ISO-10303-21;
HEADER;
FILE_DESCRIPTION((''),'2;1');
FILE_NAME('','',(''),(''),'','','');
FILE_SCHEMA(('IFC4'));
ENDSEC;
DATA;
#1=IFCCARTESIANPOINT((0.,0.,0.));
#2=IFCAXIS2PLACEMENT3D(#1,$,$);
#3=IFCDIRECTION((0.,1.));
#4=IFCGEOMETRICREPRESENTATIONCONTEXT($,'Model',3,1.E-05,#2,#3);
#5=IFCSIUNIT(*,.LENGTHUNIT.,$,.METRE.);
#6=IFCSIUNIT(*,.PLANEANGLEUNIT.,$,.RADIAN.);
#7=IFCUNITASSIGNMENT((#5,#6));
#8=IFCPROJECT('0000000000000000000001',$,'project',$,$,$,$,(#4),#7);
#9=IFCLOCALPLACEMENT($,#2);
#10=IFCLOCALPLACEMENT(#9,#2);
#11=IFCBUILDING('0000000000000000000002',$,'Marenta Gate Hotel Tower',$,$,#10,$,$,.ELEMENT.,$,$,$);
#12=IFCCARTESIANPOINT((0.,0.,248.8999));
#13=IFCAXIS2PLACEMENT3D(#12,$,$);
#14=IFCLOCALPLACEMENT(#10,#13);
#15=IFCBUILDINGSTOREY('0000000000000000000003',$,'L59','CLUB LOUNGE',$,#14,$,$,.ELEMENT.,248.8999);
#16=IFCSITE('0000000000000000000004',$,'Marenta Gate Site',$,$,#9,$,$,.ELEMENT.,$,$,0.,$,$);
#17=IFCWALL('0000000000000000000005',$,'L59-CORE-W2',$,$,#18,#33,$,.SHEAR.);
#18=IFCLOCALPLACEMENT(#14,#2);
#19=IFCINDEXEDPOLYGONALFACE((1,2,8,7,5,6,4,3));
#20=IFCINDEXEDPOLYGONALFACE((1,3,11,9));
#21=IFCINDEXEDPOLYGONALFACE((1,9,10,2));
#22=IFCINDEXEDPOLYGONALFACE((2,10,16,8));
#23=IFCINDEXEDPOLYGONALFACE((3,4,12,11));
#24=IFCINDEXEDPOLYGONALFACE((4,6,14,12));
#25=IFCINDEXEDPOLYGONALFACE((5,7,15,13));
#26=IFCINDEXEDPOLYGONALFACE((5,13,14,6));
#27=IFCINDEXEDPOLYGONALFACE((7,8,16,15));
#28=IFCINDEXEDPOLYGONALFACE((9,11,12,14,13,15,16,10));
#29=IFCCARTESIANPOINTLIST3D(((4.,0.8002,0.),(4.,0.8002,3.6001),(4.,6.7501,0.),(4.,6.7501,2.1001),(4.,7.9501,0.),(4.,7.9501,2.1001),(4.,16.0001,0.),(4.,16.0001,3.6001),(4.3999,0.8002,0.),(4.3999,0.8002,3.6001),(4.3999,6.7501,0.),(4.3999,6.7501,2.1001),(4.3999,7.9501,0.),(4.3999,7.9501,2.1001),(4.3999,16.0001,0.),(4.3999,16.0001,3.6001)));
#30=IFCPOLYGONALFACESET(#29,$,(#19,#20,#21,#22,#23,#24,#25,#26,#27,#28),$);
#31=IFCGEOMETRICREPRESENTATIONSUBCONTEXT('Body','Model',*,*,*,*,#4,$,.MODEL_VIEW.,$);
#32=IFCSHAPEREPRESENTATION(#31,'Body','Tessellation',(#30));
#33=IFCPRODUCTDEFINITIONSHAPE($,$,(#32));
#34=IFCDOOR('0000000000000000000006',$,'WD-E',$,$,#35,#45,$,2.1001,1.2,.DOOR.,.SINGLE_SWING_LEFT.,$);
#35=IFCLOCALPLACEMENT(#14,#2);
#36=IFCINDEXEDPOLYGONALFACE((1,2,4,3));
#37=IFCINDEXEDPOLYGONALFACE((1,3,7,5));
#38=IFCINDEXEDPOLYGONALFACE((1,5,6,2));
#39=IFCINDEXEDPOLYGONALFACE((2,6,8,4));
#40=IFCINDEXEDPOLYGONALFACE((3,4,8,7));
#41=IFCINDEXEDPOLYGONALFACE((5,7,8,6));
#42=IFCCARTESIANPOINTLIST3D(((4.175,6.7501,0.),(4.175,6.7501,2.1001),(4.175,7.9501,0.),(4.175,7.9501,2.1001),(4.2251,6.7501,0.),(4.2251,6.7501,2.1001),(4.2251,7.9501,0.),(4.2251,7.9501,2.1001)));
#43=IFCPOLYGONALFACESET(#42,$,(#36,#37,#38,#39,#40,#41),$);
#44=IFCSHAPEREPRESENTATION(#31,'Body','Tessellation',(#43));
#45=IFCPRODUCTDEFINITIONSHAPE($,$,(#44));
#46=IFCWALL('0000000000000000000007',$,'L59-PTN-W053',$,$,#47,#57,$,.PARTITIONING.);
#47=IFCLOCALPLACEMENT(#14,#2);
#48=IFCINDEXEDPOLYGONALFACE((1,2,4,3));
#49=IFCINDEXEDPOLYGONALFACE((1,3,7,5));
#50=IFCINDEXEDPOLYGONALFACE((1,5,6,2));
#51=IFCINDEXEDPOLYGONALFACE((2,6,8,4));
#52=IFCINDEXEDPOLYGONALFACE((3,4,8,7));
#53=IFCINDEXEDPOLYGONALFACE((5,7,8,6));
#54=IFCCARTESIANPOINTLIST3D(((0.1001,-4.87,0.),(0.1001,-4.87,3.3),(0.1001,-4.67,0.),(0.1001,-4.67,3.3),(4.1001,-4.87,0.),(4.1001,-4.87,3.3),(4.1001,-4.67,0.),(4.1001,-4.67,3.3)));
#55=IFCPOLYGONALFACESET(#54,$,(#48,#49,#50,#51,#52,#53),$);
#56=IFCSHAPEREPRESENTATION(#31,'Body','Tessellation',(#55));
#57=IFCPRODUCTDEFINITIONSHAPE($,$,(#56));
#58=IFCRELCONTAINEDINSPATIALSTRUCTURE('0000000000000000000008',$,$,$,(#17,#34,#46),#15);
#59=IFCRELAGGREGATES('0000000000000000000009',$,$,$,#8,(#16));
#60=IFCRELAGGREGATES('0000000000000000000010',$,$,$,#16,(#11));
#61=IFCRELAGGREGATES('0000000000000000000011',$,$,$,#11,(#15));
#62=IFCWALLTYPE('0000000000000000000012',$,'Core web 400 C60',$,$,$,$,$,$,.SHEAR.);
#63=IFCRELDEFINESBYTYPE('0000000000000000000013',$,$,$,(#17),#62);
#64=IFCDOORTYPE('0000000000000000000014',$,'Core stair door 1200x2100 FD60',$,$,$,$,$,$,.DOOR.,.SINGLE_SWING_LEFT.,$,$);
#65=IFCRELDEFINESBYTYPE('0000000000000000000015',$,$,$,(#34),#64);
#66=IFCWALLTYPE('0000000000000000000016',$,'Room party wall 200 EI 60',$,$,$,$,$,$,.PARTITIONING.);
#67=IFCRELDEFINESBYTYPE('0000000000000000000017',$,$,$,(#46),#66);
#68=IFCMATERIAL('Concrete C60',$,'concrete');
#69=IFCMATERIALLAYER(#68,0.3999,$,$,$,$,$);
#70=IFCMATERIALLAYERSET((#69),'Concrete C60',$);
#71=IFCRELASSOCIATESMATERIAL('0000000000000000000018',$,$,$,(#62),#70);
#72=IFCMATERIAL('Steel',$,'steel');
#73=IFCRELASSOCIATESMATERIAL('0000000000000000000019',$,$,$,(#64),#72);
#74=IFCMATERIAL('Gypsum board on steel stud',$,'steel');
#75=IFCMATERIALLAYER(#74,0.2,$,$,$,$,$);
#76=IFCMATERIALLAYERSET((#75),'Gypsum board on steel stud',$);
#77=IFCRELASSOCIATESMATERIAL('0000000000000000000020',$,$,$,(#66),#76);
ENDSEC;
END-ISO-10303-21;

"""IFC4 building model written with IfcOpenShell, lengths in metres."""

from ifc_helpers import new_model, si_unit, direction, frame, frame_2d, origin, place, context, subcontext, project, spatial, rectangle, extrude, material, layer, layer_set, type_object, element, fill, save


model = new_model("IFC4")

# Units and contexts
model_context = context("Model", 3, precision=1e-05, world=origin(), true_north=direction((0.0, 1.0)))
body_context = subcontext(model_context, "Body", "Model", "MODEL_VIEW")
ifc_project = project(units=[si_unit("LENGTHUNIT", "METRE"), si_unit("PLANEANGLEUNIT", "RADIAN")], contexts=[model_context])

# Site, building, storey
site_placement = place(None, origin())
site = spatial("IfcSite", under=ifc_project, at=site_placement, Name="Marenta Gate Site", CompositionType="ELEMENT", RefElevation=0.0)
building_placement = place(site_placement, origin())
building = spatial("IfcBuilding", under=site, at=building_placement, Name="Marenta Gate Hotel Tower", CompositionType="ELEMENT")
storey_placement = place(building_placement, frame((0.0, 0.0, 248.8999)))
storey = spatial("IfcBuildingStorey", under=building, at=storey_placement, Name="L59", Description="CLUB LOUNGE", CompositionType="ELEMENT", Elevation=248.8999)

# Wall, opening, door
ifc_material_1 = material(Name="Concrete C60", Category="concrete")
ifc_layer_1 = layer(ifc_material_1, 0.3999)
ifc_layer_set_1 = layer_set([ifc_layer_1], Name="Concrete C60")
wall_type_1 = type_object("IfcWallType", Name="Core web 400 C60", PredefinedType="SHEAR", material=ifc_layer_set_1)
wall_1_placement = place(storey_placement, frame((4.2, 0.8, 0.0), z_axis=(0.0, 0.0, 1.0), x_axis=(0.0, 1.0, 0.0)))
wall_1 = element("IfcWall", 1, at=wall_1_placement, inside=storey, type_object=wall_type_1, Name="L59-CORE-W2", PredefinedType="SHEAR", context=body_context, shape_type="SweptSolid", body=[
    extrude(rectangle(XDim=15.2, YDim=0.3999, at=frame_2d((7.6001, 0.0))), origin(), (0.0, 0.0, 1.0), 3.6001),
])
opening_1_placement = place(wall_1_placement, frame((5.95, 0.0, 0.0)))
opening_1 = element("IfcOpeningElement", 2, at=opening_1_placement, cuts=wall_1, PredefinedType="OPENING", context=body_context, shape_type="SweptSolid", body=[
    extrude(rectangle(XDim=1.2, YDim=2.1001, at=frame_2d((0.6001, 1.05))), frame((0.0, 0.2, 0.0), z_axis=(0.0, -1.0, 0.0), x_axis=(1.0, 0.0, 0.0)), (0.0, 0.0, 1.0), 0.3999),
])
ifc_material_2 = material(Name="Steel", Category="steel")
door_type_1 = type_object("IfcDoorType", Name="Core stair door 1200x2100 FD60", OperationType="SINGLE_SWING_LEFT", PredefinedType="DOOR", material=ifc_material_2)
door_1_placement = place(opening_1_placement, origin())
door_1 = element("IfcDoor", 3, at=door_1_placement, inside=storey, type_object=door_type_1, Name="WD-E", OperationType="SINGLE_SWING_LEFT", OverallHeight=2.1001, OverallWidth=1.2, PredefinedType="DOOR", context=body_context, shape_type="SweptSolid", body=[
    extrude(rectangle(XDim=1.2, YDim=2.1001, at=frame_2d((0.6001, 1.05))), frame((0.0, 0.0249, 0.0), z_axis=(0.0, -1.0, 0.0), x_axis=(1.0, 0.0, 0.0)), (0.0, 0.0, 1.0), 0.05),
])
fill(opening_1, door_1)

# Wall
ifc_material_3 = material(Name="Gypsum board on steel stud", Category="steel")
ifc_layer_2 = layer(ifc_material_3, 0.2)
ifc_layer_set_2 = layer_set([ifc_layer_2], Name="Gypsum board on steel stud")
wall_type_2 = type_object("IfcWallType", Name="Room party wall 200 EI 60", PredefinedType="PARTITIONING", material=ifc_layer_set_2)
wall_2_placement = place(storey_placement, frame((0.1001, -4.77, 0.0), z_axis=(0.0, 0.0, 1.0), x_axis=(1.0, 0.0, 0.0)))
element("IfcWall", 4, at=wall_2_placement, inside=storey, type_object=wall_type_2, Name="L59-PTN-W053", PredefinedType="PARTITIONING", context=body_context, shape_type="SweptSolid", body=[
    extrude(rectangle(XDim=4.0, YDim=0.2, at=frame_2d((2.0, 0.0))), origin(), (0.0, 0.0, 1.0), 3.3),
])

save(model, "model.ifc")
